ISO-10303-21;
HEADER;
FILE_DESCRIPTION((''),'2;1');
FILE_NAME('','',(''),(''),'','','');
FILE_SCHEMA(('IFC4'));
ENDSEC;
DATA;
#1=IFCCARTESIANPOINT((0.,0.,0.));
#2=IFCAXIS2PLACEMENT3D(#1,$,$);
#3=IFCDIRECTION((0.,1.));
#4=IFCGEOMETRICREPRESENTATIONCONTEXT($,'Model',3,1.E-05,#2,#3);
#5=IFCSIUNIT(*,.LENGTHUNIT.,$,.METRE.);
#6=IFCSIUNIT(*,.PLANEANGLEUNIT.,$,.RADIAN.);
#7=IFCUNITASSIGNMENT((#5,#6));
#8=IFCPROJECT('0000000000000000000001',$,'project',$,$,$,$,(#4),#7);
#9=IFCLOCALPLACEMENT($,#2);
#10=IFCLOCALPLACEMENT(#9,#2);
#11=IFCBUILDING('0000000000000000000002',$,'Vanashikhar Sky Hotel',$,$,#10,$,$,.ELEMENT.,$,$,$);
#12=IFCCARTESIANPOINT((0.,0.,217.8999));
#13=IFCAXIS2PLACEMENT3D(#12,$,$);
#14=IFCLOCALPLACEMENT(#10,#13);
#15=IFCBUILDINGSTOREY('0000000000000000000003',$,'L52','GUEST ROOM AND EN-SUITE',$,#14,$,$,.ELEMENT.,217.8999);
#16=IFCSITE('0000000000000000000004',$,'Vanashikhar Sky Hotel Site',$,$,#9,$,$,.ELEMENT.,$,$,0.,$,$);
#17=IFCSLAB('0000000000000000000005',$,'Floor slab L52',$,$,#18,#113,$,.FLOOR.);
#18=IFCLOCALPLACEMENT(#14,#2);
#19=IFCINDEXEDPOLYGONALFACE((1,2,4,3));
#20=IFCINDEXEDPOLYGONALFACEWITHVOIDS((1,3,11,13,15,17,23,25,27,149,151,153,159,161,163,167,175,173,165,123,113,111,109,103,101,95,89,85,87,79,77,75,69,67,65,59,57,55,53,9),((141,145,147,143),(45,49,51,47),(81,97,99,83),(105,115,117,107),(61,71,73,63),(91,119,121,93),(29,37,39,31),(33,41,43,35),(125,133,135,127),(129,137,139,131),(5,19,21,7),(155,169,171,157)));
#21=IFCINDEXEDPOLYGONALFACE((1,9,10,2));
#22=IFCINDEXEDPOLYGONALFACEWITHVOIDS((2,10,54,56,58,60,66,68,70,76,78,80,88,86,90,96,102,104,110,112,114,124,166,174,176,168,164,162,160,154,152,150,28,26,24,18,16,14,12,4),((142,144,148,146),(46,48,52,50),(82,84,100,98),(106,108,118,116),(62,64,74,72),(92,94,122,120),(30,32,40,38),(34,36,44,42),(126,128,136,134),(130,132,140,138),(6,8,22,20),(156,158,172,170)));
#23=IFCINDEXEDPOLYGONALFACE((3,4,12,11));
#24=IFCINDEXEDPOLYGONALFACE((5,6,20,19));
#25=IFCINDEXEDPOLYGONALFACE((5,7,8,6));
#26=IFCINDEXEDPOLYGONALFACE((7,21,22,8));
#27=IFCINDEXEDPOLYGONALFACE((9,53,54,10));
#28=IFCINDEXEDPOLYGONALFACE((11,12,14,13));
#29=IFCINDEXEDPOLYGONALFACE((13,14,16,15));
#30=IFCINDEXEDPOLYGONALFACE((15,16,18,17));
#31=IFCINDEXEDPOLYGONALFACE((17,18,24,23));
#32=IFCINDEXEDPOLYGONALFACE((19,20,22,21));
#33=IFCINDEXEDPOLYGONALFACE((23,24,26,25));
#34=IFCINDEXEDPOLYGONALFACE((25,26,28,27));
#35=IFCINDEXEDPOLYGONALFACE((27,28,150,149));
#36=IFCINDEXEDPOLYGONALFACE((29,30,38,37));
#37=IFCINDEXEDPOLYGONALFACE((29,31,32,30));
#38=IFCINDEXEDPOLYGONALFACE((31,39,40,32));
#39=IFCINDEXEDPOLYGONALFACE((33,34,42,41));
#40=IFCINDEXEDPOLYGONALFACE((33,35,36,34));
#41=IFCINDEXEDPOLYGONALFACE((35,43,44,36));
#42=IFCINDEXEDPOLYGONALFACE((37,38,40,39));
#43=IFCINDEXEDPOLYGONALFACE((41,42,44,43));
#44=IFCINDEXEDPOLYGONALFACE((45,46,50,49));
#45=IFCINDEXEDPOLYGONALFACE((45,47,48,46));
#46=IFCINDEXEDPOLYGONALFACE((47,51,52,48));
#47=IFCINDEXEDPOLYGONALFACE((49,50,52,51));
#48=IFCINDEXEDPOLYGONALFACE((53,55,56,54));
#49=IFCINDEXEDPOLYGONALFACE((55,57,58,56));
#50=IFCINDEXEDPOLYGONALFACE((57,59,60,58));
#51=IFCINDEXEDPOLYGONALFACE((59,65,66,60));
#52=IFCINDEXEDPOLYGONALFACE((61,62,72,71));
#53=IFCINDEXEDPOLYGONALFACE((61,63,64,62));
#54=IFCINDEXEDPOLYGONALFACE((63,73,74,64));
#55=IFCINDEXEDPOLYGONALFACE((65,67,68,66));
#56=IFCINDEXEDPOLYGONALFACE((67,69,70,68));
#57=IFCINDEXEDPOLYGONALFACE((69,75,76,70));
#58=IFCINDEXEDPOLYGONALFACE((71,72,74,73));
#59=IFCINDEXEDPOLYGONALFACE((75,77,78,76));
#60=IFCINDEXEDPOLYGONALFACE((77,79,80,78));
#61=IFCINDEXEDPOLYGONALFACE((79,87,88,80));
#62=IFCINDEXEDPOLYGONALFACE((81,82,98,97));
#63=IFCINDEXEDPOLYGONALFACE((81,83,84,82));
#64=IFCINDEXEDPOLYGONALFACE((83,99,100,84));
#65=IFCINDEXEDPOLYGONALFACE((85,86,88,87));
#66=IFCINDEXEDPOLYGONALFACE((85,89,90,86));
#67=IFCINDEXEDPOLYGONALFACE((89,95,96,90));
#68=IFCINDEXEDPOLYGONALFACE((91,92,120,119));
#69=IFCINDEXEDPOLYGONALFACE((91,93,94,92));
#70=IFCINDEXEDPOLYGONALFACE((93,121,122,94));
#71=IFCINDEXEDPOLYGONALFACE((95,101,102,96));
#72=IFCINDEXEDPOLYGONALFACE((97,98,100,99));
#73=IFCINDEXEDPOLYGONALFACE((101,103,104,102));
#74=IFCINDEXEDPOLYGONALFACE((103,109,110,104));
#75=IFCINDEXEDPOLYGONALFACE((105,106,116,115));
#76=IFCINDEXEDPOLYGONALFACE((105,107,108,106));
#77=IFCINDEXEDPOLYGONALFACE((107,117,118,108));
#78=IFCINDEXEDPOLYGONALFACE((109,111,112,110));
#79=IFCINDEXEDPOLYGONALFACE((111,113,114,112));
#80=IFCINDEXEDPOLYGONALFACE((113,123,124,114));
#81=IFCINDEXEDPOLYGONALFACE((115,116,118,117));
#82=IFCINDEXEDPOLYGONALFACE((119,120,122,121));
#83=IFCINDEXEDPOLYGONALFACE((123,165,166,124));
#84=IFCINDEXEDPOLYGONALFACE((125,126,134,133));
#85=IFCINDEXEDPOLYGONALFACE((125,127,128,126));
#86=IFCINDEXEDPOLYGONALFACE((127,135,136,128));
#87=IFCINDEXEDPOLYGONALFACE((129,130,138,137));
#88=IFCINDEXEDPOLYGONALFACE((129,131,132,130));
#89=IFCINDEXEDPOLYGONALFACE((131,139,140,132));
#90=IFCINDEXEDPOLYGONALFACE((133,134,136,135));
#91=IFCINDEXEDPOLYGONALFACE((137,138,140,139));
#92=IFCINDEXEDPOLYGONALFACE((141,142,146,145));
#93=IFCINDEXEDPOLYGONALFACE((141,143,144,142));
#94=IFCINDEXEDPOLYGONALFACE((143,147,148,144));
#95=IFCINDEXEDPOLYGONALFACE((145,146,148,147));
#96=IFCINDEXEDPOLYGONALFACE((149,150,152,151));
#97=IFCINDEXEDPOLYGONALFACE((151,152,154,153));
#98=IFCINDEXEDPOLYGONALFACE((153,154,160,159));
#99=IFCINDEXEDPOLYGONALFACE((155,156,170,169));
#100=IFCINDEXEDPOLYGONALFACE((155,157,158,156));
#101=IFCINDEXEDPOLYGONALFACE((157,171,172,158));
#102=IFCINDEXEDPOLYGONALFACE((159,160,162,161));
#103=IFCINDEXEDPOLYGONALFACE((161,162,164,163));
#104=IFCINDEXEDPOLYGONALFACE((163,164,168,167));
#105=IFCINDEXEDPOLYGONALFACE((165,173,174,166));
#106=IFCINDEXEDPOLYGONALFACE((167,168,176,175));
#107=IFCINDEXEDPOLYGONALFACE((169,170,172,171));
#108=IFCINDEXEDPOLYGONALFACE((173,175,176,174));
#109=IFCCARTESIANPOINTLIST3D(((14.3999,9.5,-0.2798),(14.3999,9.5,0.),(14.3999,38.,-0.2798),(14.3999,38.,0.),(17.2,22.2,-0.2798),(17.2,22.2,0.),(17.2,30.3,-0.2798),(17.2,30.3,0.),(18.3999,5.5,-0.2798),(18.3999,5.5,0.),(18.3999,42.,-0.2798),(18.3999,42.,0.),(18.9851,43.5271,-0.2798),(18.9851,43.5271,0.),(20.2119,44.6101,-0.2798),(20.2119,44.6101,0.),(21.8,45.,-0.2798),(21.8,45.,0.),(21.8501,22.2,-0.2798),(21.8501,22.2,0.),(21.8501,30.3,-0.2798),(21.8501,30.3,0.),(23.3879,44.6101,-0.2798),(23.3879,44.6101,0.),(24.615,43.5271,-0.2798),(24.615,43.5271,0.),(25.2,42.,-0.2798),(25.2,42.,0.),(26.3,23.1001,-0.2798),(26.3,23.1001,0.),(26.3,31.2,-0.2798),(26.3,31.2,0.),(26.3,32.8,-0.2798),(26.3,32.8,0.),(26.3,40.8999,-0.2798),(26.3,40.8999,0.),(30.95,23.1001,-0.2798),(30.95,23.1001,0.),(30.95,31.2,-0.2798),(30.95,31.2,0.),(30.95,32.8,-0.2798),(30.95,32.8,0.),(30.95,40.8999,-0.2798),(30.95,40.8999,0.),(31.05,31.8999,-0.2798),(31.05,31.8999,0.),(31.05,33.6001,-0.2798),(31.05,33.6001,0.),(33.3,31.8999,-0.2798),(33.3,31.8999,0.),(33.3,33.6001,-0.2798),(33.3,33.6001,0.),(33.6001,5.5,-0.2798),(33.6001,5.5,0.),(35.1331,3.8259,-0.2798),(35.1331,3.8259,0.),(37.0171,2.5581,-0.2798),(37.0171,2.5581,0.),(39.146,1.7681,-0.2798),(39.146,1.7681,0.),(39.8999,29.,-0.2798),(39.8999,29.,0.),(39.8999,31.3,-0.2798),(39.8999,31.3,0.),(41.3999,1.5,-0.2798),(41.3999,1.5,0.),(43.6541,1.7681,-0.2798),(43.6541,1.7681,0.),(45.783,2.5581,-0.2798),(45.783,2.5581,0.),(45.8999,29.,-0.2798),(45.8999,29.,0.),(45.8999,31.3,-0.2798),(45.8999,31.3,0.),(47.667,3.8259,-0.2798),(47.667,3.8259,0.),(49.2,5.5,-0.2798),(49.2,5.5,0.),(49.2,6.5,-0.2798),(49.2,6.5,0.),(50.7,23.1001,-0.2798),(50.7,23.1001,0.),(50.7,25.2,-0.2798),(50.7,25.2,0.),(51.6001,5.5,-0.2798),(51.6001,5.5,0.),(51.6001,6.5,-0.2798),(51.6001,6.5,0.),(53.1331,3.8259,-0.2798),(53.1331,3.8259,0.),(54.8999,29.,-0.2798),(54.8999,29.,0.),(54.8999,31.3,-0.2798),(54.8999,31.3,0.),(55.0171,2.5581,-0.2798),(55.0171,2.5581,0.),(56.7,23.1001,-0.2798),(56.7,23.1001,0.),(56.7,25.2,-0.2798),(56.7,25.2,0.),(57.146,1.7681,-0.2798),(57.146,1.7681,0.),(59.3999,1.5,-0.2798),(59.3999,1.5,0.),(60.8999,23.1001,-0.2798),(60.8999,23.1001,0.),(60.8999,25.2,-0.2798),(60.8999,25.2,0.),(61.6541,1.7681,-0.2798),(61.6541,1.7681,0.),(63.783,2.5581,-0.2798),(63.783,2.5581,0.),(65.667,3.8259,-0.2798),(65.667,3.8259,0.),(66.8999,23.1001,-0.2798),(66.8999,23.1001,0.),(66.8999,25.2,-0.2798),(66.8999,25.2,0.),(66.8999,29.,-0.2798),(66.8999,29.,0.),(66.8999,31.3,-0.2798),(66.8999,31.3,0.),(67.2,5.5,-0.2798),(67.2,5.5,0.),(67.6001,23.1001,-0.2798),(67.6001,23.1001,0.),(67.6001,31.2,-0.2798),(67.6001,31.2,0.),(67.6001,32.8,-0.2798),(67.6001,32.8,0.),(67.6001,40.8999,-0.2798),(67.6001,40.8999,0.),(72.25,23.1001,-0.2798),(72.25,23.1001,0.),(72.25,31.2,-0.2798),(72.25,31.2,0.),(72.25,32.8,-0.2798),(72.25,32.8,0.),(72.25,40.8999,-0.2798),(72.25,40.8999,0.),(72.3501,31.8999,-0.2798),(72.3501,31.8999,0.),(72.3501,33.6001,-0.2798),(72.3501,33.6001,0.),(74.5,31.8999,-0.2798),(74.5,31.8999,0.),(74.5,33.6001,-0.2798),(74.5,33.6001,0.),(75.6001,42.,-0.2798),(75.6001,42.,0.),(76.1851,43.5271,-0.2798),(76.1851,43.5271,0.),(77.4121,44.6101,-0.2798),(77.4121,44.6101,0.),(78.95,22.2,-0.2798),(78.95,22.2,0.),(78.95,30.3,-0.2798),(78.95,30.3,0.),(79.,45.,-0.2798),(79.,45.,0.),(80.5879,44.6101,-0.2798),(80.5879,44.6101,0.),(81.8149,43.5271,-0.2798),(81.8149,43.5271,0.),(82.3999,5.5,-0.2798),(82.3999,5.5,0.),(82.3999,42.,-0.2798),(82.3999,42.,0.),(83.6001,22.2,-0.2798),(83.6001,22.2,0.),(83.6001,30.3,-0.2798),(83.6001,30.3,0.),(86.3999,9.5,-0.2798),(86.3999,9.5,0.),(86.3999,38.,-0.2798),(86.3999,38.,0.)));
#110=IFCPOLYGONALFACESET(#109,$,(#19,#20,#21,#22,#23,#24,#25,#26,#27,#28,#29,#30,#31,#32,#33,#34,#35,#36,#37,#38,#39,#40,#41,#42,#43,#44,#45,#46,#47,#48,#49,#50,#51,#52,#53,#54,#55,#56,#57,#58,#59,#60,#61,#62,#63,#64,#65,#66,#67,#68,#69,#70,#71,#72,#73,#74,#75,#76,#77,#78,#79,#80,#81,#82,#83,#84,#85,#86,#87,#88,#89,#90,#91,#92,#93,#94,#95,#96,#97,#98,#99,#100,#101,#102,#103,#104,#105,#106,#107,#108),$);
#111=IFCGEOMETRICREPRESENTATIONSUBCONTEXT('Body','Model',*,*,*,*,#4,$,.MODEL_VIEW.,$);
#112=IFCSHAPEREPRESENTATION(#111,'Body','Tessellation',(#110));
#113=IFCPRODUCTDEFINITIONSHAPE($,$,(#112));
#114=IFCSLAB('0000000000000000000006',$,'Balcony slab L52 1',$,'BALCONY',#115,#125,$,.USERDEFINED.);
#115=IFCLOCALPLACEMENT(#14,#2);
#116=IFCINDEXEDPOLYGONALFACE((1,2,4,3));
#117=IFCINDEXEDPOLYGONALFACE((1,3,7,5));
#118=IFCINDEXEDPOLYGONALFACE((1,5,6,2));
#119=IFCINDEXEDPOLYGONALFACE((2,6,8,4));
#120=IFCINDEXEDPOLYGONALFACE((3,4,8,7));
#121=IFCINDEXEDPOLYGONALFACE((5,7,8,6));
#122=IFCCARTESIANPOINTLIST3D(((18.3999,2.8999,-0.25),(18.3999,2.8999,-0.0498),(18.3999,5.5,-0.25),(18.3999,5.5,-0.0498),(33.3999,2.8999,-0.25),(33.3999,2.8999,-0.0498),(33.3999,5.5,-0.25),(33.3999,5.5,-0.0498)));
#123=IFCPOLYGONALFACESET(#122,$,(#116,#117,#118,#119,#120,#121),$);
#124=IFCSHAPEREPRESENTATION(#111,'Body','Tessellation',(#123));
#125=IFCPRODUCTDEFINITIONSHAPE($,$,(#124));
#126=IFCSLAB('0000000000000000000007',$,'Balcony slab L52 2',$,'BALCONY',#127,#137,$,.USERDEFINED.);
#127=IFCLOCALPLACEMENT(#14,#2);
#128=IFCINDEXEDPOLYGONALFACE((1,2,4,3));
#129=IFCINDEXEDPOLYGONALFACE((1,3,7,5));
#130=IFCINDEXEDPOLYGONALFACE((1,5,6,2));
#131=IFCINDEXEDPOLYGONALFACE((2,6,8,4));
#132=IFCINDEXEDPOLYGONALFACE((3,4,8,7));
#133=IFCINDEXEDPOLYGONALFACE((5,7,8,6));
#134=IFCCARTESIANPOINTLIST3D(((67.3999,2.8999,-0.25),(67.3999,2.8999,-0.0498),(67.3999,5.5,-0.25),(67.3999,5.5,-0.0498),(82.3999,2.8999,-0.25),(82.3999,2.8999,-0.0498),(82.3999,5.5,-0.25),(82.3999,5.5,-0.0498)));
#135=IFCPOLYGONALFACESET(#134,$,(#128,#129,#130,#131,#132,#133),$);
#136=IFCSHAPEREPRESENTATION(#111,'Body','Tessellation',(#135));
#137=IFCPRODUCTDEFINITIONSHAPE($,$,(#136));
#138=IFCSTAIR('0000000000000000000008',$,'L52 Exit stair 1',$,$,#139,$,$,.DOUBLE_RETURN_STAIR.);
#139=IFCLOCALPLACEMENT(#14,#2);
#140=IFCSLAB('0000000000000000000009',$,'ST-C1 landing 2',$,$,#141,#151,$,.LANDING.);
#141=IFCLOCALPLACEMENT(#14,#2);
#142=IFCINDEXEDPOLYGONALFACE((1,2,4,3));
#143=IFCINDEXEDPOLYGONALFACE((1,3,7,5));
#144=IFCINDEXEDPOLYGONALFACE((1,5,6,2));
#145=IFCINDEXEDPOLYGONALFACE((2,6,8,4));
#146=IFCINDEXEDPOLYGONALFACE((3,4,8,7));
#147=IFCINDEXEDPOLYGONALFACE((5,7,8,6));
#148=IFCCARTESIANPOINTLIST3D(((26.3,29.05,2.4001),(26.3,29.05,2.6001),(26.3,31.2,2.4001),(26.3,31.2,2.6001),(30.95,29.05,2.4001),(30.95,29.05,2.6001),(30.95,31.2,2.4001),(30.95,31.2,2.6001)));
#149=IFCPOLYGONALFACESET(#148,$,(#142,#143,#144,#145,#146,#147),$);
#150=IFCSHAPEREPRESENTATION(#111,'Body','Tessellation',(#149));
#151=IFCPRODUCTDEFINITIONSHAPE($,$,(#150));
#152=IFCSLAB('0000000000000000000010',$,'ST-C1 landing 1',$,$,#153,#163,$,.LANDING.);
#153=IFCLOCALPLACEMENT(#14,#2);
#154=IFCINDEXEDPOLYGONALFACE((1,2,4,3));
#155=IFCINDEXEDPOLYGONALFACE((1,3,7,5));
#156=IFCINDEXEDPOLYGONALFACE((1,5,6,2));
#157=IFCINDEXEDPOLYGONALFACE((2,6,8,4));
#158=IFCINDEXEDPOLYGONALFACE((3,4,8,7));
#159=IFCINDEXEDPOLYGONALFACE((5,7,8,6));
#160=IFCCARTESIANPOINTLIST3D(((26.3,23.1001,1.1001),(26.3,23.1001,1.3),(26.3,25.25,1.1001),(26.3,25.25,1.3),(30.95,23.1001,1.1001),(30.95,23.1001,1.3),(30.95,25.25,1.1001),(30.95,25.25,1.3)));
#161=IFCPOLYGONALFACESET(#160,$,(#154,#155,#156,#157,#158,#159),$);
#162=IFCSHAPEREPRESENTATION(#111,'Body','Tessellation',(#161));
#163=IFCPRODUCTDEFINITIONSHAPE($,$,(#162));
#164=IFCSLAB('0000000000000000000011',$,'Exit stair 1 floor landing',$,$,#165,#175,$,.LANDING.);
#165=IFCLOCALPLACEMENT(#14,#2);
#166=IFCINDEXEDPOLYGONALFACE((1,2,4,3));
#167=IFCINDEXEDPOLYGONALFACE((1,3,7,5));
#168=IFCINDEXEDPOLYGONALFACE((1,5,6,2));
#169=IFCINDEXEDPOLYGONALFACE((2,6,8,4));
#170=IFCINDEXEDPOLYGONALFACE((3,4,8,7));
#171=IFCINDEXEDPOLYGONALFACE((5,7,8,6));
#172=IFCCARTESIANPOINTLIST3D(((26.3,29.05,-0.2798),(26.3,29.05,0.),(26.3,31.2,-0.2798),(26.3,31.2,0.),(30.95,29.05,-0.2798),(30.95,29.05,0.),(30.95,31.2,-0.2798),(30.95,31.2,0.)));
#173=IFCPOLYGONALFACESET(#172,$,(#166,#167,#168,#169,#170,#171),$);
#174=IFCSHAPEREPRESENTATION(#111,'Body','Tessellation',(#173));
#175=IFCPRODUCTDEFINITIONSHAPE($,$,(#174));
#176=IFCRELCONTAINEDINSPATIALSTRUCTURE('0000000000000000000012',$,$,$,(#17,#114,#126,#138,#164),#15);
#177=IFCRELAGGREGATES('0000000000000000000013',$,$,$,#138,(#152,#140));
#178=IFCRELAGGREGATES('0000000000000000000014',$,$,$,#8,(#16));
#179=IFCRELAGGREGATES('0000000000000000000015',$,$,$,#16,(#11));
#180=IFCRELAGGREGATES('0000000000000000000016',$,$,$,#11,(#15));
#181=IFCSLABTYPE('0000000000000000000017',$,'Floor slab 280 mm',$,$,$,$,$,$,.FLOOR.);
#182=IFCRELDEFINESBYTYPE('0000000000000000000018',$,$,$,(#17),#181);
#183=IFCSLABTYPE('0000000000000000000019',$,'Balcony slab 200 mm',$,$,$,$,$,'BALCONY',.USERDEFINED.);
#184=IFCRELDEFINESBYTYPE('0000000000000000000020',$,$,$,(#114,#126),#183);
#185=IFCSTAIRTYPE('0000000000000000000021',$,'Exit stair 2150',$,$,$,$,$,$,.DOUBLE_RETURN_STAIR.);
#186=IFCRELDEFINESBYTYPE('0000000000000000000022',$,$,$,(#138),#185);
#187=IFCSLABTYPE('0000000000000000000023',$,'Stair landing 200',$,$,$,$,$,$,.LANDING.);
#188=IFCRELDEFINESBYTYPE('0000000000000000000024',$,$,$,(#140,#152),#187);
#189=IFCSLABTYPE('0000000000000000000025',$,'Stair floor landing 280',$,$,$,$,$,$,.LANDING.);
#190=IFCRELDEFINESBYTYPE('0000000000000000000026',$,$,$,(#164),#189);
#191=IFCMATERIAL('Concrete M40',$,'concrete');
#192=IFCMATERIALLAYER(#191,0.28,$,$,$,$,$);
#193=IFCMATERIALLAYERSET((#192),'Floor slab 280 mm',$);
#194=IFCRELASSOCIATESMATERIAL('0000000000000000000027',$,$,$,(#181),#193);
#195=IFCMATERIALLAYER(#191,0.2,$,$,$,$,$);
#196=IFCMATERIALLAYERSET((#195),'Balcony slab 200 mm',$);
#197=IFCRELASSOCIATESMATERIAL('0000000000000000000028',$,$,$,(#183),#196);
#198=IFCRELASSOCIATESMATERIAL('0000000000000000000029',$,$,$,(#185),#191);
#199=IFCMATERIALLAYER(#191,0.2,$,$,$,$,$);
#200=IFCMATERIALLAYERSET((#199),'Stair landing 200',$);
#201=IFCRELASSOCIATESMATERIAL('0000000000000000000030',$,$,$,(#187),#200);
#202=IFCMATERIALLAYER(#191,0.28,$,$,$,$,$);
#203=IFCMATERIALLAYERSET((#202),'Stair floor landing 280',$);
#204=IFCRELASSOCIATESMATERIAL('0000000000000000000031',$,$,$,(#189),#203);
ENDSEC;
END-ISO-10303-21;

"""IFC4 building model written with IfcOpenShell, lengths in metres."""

from ifc_helpers import new_model, si_unit, direction, frame, origin, place, context, subcontext, project, spatial, polyline, outline, extrude, source, transform, mapped, material, layer, layer_set, type_object, element, aggregate, save


model = new_model("IFC4")

# Units and contexts
model_context = context("Model", 3, precision=1e-05, world=origin(), true_north=direction((0.0, 1.0)))
body_context = subcontext(model_context, "Body", "Model", "MODEL_VIEW")
ifc_project = project(units=[si_unit("LENGTHUNIT", "METRE"), si_unit("PLANEANGLEUNIT", "RADIAN")], contexts=[model_context])

# Site, building, storey
site_placement = place(None, origin())
site = spatial("IfcSite", under=ifc_project, at=site_placement, Name="Vanashikhar Sky Hotel Site", CompositionType="ELEMENT", RefElevation=0.0)
building_placement = place(site_placement, origin())
building = spatial("IfcBuilding", under=site, at=building_placement, Name="Vanashikhar Sky Hotel", CompositionType="ELEMENT")
storey_placement = place(building_placement, frame((0.0, 0.0, 217.8999)))
storey = spatial("IfcBuildingStorey", under=building, at=storey_placement, Name="L52", Description="GUEST ROOM AND EN-SUITE", CompositionType="ELEMENT", Elevation=217.8999)

# Slabs
ifc_material = material(Name="Concrete M40", Category="concrete")
ifc_layer_1 = layer(ifc_material, 0.28)
ifc_layer_set_1 = layer_set([ifc_layer_1], Name="Floor slab 280 mm")
slab_type_1 = type_object("IfcSlabType", Name="Floor slab 280 mm", PredefinedType="FLOOR", material=ifc_layer_set_1)
shared_shape_1 = source(origin(), body_context, "Body", "SweptSolid", [
    extrude(outline(polyline([(49.2, 5.5), (49.2, 6.5), (51.6001, 6.5), (51.6001, 5.5), (53.1331, 3.8259), (55.0171, 2.5581), (57.146, 1.7681), (59.3999, 1.5), (61.6541, 1.7681), (63.783, 2.5581), (65.667, 3.8259), (67.2, 5.5), (82.3999, 5.5), (86.3999, 9.5), (86.3999, 38.0), (82.3999, 42.0), (81.8149, 43.5271), (80.5879, 44.6101), (79.0, 45.0), (77.4121, 44.6101), (76.1851, 43.5271), (75.6001, 42.0), (25.2, 42.0), (24.615, 43.5271), (23.3879, 44.6101), (21.8, 45.0), (20.2119, 44.6101), (18.9851, 43.5271), (18.3999, 42.0), (14.3999, 38.0), (14.3999, 9.5), (18.3999, 5.5), (33.6001, 5.5), (35.1331, 3.8259), (37.0171, 2.5581), (39.146, 1.7681), (41.3999, 1.5), (43.6541, 1.7681), (45.783, 2.5581), (47.667, 3.8259), (49.2, 5.5)]), holes=[polyline([(33.3, 33.6001), (31.05, 33.6001), (31.05, 31.8999), (33.3, 31.8999), (33.3, 33.6001)]), polyline([(39.8999, 31.3), (39.8999, 29.0), (45.8999, 29.0), (45.8999, 31.3), (39.8999, 31.3)]), polyline([(50.7, 25.2), (50.7, 23.1001), (56.7, 23.1001), (56.7, 25.2), (50.7, 25.2)]), polyline([(66.8999, 29.0), (66.8999, 31.3), (54.8999, 31.3), (54.8999, 29.0), (66.8999, 29.0)]), polyline([(60.8999, 25.2), (60.8999, 23.1001), (66.8999, 23.1001), (66.8999, 25.2), (60.8999, 25.2)]), polyline([(74.5, 33.6001), (72.3501, 33.6001), (72.3501, 31.8999), (74.5, 31.8999), (74.5, 33.6001)]), polyline([(30.95, 23.1001), (30.95, 31.2), (26.3, 31.2), (26.3, 23.1001), (30.95, 23.1001)]), polyline([(72.25, 23.1001), (72.25, 31.2), (67.6001, 31.2), (67.6001, 23.1001), (72.25, 23.1001)]), polyline([(30.95, 32.8), (30.95, 40.8999), (26.3, 40.8999), (26.3, 32.8), (30.95, 32.8)]), polyline([(72.25, 32.8), (72.25, 40.8999), (67.6001, 40.8999), (67.6001, 32.8), (72.25, 32.8)]), polyline([(83.6001, 22.2), (83.6001, 30.3), (78.95, 30.3), (78.95, 22.2), (83.6001, 22.2)]), polyline([(21.8501, 22.2), (21.8501, 30.3), (17.2, 30.3), (17.2, 22.2), (21.8501, 22.2)])]), origin(), (0.0, 0.0, 1.0), 0.2798),
])
slab_1_placement = place(storey_placement, frame((0.0, 0.0, -0.2798)))
element("IfcSlab", 1, at=slab_1_placement, inside=storey, type_object=slab_type_1, Name="Floor slab L52", PredefinedType="FLOOR", context=body_context, shape_type="MappedRepresentation", body=[
    mapped(shared_shape_1, transform((0.0, 0.0, 0.0), scale=1.0)),
])
ifc_layer_2 = layer(ifc_material, 0.2)
ifc_layer_set_2 = layer_set([ifc_layer_2], Name="Balcony slab 200 mm")
slab_type_2 = type_object("IfcSlabType", Name="Balcony slab 200 mm", ElementType="BALCONY", PredefinedType="USERDEFINED", material=ifc_layer_set_2)
shared_shape_2 = source(origin(), body_context, "Body", "SweptSolid", [
    extrude(outline(polyline([(18.3999, 2.8999), (33.3999, 2.8999), (33.3999, 5.5), (18.3999, 5.5), (18.3999, 2.8999)])), origin(), (0.0, 0.0, 1.0), 0.2002),
])
slab_2_placement = place(storey_placement, frame((0.0, 0.0, -0.25)))
element("IfcSlab", 2, at=slab_2_placement, inside=storey, type_object=slab_type_2, Name="Balcony slab L52 1", ObjectType="BALCONY", PredefinedType="USERDEFINED", context=body_context, shape_type="MappedRepresentation", body=[
    mapped(shared_shape_2, transform((0.0, 0.0, 0.0), scale=1.0)),
])
shared_shape_3 = source(origin(), body_context, "Body", "SweptSolid", [
    extrude(outline(polyline([(67.3999, 2.8999), (82.3999, 2.8999), (82.3999, 5.5), (67.3999, 5.5), (67.3999, 2.8999)])), origin(), (0.0, 0.0, 1.0), 0.2002),
])
slab_3_placement = place(storey_placement, frame((0.0, 0.0, -0.25)))
element("IfcSlab", 3, at=slab_3_placement, inside=storey, type_object=slab_type_2, Name="Balcony slab L52 2", ObjectType="BALCONY", PredefinedType="USERDEFINED", context=body_context, shape_type="MappedRepresentation", body=[
    mapped(shared_shape_3, transform((0.0, 0.0, 0.0), scale=1.0)),
])

# Stair, slabs
stair_type = type_object("IfcStairType", Name="Exit stair 2150", PredefinedType="DOUBLE_RETURN_STAIR", material=ifc_material)
stair_1_placement = place(storey_placement, origin())
stair_1 = element("IfcStair", 4, at=stair_1_placement, inside=storey, type_object=stair_type, Name="L52 Exit stair 1", PredefinedType="DOUBLE_RETURN_STAIR")
ifc_layer_3 = layer(ifc_material, 0.2)
ifc_layer_set_3 = layer_set([ifc_layer_3], Name="Stair landing 200")
slab_type_3 = type_object("IfcSlabType", Name="Stair landing 200", PredefinedType="LANDING", material=ifc_layer_set_3)
shared_shape_4 = source(origin(), body_context, "Body", "SweptSolid", [
    extrude(outline(polyline([(30.95, 29.05), (30.95, 31.2), (26.3, 31.2), (26.3, 29.05), (30.95, 29.05)])), origin(), (0.0, 0.0, 1.0), 0.2),
])
slab_4_placement = place(storey_placement, frame((0.0, 0.0, 2.4001)))
slab_4 = element("IfcSlab", 5, at=slab_4_placement, type_object=slab_type_3, Name="ST-C1 landing 2", PredefinedType="LANDING", context=body_context, shape_type="MappedRepresentation", body=[
    mapped(shared_shape_4, transform((0.0, 0.0, 0.0), scale=1.0)),
])
shared_shape_5 = source(origin(), body_context, "Body", "SweptSolid", [
    extrude(outline(polyline([(30.95, 23.1001), (30.95, 25.25), (26.3, 25.25), (26.3, 23.1001), (30.95, 23.1001)])), origin(), (0.0, 0.0, 1.0), 0.2),
])
slab_5_placement = place(storey_placement, frame((0.0, 0.0, 1.1001)))
slab_5 = element("IfcSlab", 6, at=slab_5_placement, type_object=slab_type_3, Name="ST-C1 landing 1", PredefinedType="LANDING", context=body_context, shape_type="MappedRepresentation", body=[
    mapped(shared_shape_5, transform((0.0, 0.0, 0.0), scale=1.0)),
])
aggregate(stair_1, [slab_5, slab_4])

# Slab
ifc_layer_4 = layer(ifc_material, 0.28)
ifc_layer_set_4 = layer_set([ifc_layer_4], Name="Stair floor landing 280")
slab_type_4 = type_object("IfcSlabType", Name="Stair floor landing 280", PredefinedType="LANDING", material=ifc_layer_set_4)
shared_shape_6 = source(origin(), body_context, "Body", "SweptSolid", [
    extrude(outline(polyline([(30.95, 29.05), (30.95, 31.2), (26.3, 31.2), (26.3, 29.05), (30.95, 29.05)])), origin(), (0.0, 0.0, 1.0), 0.2798),
])
slab_6_placement = place(storey_placement, frame((0.0, 0.0, -0.2798)))
element("IfcSlab", 7, at=slab_6_placement, inside=storey, type_object=slab_type_4, Name="Exit stair 1 floor landing", PredefinedType="LANDING", context=body_context, shape_type="MappedRepresentation", body=[
    mapped(shared_shape_6, transform((0.0, 0.0, 0.0), scale=1.0)),
])

save(model, "model.ifc")
